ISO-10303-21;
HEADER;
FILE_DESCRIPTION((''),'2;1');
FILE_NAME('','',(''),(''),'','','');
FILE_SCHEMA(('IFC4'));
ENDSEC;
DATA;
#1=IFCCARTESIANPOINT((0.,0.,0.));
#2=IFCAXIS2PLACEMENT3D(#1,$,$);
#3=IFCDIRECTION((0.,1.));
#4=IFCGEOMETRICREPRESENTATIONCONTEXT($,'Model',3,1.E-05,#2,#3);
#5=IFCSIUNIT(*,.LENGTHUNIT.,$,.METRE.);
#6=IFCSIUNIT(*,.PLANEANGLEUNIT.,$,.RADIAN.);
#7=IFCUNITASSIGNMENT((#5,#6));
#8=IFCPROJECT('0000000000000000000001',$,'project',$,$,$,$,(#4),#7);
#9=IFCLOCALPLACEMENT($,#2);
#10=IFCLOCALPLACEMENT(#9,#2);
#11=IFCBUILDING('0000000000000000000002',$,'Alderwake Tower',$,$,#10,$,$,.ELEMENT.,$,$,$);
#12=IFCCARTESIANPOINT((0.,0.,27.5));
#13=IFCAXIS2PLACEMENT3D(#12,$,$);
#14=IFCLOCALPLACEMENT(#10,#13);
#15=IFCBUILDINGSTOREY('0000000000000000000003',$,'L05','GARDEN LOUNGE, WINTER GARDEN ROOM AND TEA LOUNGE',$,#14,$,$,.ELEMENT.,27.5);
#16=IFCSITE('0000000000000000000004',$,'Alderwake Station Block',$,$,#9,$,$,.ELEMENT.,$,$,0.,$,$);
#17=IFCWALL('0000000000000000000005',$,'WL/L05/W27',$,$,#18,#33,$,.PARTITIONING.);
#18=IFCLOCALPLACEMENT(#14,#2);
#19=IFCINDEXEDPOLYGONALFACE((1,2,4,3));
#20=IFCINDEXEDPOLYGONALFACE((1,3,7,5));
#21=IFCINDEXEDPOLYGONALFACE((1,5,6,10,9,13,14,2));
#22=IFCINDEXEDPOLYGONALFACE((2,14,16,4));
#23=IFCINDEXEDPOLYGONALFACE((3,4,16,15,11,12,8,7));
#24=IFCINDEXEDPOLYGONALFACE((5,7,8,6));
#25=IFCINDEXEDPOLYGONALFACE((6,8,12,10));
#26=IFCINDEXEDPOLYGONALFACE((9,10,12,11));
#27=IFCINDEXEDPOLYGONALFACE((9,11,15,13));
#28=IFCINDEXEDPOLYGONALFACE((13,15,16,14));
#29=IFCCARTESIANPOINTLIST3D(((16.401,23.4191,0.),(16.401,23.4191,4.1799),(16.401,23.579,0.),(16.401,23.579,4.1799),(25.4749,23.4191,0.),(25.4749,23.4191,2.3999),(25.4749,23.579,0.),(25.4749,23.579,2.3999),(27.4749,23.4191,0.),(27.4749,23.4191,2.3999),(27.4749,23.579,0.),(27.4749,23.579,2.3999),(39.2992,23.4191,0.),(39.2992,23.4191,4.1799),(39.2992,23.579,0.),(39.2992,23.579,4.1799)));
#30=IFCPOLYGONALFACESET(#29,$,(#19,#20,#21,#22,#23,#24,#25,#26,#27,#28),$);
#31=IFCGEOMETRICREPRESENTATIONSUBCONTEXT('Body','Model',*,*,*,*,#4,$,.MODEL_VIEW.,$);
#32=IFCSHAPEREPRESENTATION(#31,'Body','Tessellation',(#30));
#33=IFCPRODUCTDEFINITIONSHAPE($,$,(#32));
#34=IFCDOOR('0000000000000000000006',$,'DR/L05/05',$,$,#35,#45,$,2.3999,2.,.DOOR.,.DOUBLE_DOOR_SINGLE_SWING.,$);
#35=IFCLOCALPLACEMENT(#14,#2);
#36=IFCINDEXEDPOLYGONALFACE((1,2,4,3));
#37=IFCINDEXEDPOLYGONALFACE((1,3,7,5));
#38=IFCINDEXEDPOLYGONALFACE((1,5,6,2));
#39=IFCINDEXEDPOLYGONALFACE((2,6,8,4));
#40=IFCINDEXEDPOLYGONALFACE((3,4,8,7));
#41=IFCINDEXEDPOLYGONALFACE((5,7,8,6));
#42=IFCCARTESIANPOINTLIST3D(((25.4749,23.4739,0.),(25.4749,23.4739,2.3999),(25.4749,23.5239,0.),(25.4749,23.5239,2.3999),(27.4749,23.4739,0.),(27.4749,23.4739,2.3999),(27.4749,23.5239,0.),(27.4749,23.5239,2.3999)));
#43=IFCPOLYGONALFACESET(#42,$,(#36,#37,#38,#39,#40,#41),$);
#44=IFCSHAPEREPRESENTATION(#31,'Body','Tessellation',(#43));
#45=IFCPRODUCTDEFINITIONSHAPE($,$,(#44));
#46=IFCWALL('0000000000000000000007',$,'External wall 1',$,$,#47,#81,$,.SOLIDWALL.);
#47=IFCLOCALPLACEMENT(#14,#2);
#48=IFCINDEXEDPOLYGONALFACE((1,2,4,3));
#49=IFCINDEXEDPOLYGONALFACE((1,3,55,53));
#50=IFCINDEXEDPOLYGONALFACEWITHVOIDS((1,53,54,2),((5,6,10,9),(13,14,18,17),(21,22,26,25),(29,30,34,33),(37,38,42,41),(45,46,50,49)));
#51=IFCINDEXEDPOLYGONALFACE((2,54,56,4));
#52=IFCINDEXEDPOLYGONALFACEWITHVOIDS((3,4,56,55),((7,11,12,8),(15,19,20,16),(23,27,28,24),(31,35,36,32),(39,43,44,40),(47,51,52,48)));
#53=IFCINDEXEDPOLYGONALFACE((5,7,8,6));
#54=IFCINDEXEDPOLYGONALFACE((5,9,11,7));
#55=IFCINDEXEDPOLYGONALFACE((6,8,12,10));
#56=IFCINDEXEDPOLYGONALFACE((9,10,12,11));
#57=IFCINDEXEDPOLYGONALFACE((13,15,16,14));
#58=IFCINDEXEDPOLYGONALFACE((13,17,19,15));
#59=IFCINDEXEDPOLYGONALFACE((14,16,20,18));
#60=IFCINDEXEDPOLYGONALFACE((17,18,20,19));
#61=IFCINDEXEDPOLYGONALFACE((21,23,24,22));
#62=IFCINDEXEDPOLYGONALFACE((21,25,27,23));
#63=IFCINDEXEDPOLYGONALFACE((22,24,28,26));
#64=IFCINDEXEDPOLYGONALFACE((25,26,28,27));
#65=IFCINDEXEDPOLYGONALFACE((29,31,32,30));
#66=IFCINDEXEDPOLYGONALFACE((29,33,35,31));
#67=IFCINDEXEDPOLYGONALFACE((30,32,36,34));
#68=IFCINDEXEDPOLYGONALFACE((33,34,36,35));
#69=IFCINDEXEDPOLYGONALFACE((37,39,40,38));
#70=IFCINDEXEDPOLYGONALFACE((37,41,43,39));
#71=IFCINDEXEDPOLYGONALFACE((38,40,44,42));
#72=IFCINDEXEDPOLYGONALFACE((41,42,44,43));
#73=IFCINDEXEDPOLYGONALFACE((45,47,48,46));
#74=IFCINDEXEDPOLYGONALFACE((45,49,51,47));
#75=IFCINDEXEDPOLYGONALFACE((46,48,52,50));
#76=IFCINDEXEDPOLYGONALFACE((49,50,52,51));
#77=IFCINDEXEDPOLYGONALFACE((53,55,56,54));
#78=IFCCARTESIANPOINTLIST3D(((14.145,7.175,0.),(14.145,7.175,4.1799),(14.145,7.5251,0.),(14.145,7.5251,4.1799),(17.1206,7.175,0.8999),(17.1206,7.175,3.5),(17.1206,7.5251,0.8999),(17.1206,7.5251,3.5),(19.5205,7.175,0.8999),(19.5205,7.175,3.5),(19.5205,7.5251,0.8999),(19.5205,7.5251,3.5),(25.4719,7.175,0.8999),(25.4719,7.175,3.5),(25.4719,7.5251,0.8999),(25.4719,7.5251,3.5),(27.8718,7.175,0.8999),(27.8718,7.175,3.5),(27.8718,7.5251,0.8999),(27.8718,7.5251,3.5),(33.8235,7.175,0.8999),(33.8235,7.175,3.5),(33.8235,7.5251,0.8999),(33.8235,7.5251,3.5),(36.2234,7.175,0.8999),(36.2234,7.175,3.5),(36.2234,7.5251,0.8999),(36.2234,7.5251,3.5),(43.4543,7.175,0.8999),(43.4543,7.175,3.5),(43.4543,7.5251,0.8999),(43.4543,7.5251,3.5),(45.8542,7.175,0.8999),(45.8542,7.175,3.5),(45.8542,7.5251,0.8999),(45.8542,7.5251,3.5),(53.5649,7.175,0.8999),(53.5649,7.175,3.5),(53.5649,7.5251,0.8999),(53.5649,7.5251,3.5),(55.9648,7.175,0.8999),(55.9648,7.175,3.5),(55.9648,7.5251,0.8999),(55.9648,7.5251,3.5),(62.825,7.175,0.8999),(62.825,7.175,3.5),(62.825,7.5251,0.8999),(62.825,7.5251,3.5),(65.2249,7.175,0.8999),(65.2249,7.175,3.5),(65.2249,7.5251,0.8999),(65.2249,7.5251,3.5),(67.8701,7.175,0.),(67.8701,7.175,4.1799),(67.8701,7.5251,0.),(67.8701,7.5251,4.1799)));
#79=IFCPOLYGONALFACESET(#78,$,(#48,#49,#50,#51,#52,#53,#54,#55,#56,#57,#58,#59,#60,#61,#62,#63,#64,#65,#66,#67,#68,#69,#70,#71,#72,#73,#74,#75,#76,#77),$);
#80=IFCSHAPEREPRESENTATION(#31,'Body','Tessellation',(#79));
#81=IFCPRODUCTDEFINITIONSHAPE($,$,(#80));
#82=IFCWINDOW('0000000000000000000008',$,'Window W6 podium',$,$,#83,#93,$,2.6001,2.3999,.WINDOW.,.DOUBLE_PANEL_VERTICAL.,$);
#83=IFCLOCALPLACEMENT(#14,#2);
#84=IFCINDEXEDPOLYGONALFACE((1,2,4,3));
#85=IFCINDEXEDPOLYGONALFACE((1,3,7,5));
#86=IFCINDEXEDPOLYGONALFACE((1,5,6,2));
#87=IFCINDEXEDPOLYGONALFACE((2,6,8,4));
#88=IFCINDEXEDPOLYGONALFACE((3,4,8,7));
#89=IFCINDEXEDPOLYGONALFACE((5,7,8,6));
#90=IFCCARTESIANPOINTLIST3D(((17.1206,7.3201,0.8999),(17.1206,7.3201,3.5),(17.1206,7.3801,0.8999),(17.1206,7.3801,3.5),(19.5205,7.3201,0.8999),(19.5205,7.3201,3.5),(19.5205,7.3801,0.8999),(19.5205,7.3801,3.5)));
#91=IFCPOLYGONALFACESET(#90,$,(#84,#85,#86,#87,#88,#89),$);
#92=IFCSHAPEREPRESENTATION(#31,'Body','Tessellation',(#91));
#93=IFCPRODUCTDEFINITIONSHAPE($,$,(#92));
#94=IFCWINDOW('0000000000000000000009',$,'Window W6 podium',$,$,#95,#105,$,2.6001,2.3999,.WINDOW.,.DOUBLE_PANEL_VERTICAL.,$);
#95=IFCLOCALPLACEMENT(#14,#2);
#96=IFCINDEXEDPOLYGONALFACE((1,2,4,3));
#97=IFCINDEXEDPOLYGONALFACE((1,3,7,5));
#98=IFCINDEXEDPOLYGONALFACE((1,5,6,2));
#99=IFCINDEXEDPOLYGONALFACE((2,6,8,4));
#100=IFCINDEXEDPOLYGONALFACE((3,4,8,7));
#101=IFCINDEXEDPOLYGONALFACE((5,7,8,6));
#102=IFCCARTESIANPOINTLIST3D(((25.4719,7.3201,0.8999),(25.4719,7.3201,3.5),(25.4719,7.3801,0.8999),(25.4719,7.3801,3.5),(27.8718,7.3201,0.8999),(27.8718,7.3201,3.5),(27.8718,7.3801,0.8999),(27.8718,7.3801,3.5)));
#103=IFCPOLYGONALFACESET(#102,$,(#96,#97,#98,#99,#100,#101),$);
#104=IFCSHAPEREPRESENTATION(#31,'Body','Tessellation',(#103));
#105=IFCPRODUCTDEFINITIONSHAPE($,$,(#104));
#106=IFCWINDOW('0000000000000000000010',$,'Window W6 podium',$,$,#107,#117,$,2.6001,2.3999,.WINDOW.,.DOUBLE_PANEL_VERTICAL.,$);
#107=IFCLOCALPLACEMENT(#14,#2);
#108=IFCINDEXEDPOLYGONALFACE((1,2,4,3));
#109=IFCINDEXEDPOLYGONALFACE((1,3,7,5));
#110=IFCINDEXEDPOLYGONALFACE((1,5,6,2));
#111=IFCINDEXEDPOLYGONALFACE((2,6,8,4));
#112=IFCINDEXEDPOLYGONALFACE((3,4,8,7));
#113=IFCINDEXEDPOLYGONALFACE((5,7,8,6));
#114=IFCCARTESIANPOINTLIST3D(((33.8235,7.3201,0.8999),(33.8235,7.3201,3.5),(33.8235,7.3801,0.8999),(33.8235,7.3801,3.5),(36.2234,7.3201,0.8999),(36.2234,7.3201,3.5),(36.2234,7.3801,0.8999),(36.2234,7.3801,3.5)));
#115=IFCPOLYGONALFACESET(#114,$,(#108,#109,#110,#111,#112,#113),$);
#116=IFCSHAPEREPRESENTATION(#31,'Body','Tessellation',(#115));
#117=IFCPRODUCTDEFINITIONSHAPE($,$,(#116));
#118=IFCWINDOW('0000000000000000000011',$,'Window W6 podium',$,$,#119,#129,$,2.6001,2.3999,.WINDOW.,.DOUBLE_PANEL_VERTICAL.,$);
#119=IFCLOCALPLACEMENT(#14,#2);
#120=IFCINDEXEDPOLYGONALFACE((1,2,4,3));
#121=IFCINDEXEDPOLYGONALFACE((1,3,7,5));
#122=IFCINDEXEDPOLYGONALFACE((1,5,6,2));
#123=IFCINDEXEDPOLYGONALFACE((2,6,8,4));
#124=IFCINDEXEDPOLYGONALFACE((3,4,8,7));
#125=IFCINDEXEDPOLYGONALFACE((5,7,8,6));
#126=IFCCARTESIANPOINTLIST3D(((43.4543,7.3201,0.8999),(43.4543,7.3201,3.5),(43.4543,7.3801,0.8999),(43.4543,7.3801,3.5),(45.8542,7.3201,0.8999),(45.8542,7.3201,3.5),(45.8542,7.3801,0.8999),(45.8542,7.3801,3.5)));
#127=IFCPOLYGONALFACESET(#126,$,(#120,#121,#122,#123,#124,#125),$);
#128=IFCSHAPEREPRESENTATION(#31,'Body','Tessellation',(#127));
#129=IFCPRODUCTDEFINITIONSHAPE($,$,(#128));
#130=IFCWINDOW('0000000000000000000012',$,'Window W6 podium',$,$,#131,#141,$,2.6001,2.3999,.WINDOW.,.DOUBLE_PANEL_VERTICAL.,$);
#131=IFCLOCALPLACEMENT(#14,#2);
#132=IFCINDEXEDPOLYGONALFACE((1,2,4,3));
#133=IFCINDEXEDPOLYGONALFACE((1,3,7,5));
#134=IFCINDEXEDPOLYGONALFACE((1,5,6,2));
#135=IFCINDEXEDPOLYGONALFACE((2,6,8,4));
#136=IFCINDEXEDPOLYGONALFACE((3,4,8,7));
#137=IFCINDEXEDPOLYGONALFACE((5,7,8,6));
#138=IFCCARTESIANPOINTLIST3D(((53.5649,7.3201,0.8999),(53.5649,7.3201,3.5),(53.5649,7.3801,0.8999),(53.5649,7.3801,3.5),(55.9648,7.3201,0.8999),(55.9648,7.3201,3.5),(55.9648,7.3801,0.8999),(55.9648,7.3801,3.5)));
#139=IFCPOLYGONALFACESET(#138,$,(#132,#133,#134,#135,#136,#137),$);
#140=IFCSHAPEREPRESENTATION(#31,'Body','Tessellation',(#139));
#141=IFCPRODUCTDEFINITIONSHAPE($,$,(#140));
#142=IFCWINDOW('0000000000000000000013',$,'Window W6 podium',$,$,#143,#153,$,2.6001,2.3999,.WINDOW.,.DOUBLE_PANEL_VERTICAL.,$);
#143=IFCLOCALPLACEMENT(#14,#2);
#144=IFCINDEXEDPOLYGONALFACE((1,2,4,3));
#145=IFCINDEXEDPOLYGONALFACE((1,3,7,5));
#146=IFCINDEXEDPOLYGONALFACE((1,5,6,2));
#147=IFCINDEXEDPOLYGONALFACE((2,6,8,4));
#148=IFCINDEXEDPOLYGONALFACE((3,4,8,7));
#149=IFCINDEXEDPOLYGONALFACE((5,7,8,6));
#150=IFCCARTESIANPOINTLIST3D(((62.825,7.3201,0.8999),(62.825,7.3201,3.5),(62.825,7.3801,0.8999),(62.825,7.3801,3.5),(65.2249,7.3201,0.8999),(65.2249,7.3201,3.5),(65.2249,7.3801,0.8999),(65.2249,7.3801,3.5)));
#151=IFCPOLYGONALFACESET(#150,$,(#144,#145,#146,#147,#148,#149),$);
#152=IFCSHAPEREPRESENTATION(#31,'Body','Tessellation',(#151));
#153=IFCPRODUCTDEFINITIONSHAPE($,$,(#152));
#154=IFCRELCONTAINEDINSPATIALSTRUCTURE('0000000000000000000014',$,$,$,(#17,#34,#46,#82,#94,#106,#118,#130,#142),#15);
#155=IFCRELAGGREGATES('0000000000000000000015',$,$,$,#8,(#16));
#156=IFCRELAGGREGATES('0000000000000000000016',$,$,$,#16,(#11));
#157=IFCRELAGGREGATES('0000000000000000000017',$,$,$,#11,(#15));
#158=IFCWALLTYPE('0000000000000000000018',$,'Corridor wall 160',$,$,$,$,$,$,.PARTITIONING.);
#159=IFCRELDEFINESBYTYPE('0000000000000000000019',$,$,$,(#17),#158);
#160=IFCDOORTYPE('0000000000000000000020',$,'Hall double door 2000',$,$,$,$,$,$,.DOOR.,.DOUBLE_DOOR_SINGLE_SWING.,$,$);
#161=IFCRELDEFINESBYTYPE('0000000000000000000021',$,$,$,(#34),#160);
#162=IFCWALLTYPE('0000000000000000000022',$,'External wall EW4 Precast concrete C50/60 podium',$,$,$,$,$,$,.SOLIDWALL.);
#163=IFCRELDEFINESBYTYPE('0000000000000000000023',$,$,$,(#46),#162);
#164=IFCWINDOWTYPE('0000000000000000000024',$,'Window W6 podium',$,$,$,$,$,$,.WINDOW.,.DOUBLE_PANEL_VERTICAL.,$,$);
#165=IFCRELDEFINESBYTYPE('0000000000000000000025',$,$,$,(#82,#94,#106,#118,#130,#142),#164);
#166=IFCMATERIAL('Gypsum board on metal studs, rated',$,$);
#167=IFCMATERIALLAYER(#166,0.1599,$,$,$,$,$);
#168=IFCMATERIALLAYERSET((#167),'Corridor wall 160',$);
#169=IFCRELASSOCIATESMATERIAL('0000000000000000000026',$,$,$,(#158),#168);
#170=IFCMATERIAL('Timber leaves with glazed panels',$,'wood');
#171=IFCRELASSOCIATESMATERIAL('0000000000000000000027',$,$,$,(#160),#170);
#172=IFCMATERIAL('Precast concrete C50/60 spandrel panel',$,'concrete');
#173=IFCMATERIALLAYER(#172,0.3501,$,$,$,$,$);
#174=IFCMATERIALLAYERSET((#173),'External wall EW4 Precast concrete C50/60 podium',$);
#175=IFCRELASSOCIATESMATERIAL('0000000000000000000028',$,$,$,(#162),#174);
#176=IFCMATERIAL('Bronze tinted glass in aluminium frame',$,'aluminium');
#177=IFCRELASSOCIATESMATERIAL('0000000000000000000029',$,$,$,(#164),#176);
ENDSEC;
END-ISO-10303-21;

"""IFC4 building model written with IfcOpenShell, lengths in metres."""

from ifc_helpers import new_model, si_unit, direction, frame, frame_2d, origin, place, context, subcontext, project, spatial, rectangle, extrude, material, layer, layer_set, type_object, element, fill, save


model = new_model("IFC4")

# Units and contexts
model_context = context("Model", 3, precision=1e-05, world=origin(), true_north=direction((0.0, 1.0)))
body_context = subcontext(model_context, "Body", "Model", "MODEL_VIEW")
ifc_project = project(units=[si_unit("LENGTHUNIT", "METRE"), si_unit("PLANEANGLEUNIT", "RADIAN")], contexts=[model_context])

# Site, building, storey
site_placement = place(None, origin())
site = spatial("IfcSite", under=ifc_project, at=site_placement, Name="Alderwake Station Block", CompositionType="ELEMENT", RefElevation=0.0)
building_placement = place(site_placement, origin())
building = spatial("IfcBuilding", under=site, at=building_placement, Name="Alderwake Tower", CompositionType="ELEMENT")
storey_placement = place(building_placement, frame((0.0, 0.0, 27.5)))
storey = spatial("IfcBuildingStorey", under=building, at=storey_placement, Name="L05", Description="GARDEN LOUNGE, WINTER GARDEN ROOM AND TEA LOUNGE", CompositionType="ELEMENT", Elevation=27.5)

# Shared definitions
ifc_material_1 = material(Name="Gypsum board on metal studs, rated")
ifc_layer_1 = layer(ifc_material_1, 0.1599)
ifc_layer_set_1 = layer_set([ifc_layer_1], Name="Corridor wall 160")
wall_type_1 = type_object("IfcWallType", Name="Corridor wall 160", PredefinedType="PARTITIONING", material=ifc_layer_set_1)

# Wall, opening, door
wall_1_placement = place(storey_placement, frame((16.4009, 23.499, 0.0), z_axis=(0.0, 0.0, 1.0), x_axis=(1.0, 0.0, 0.0)))
wall_1 = element("IfcWall", 1, at=wall_1_placement, inside=storey, type_object=wall_type_1, Name="WL/L05/W27", PredefinedType="PARTITIONING", context=body_context, shape_type="SweptSolid", body=[
    extrude(rectangle(XDim=22.8982, YDim=0.1599, at=frame_2d((11.4492, 0.0))), origin(), (0.0, 0.0, 1.0), 4.1799),
])
opening_1_placement = place(wall_1_placement, frame((9.074, 0.0, 0.0)))
opening_1 = element("IfcOpeningElement", 2, at=opening_1_placement, cuts=wall_1, PredefinedType="OPENING", context=body_context, shape_type="SweptSolid", body=[
    extrude(rectangle(XDim=2.0, YDim=2.3999, at=frame_2d((1.0, 1.2))), frame((0.0, 0.0898, 0.0), z_axis=(0.0, -1.0, 0.0), x_axis=(1.0, 0.0, 0.0)), (0.0, 0.0, 1.0), 0.1799),
])
ifc_material_2 = material(Name="Timber leaves with glazed panels", Category="wood")
door_type_1 = type_object("IfcDoorType", Name="Hall double door 2000", OperationType="DOUBLE_DOOR_SINGLE_SWING", PredefinedType="DOOR", material=ifc_material_2)
door_1_placement = place(opening_1_placement, origin())
door_1 = element("IfcDoor", 3, at=door_1_placement, inside=storey, type_object=door_type_1, Name="DR/L05/05", OperationType="DOUBLE_DOOR_SINGLE_SWING", OverallHeight=2.3999, OverallWidth=2.0, PredefinedType="DOOR", context=body_context, shape_type="SweptSolid", body=[
    extrude(rectangle(XDim=2.0, YDim=2.3999, at=frame_2d((1.0, 1.2))), frame((0.0, 0.0249, 0.0), z_axis=(0.0, -1.0, 0.0), x_axis=(1.0, 0.0, 0.0)), (0.0, 0.0, 1.0), 0.05),
])
fill(opening_1, door_1)

# Wall, openings, windows
ifc_material_3 = material(Name="Precast concrete C50/60 spandrel panel", Category="concrete")
ifc_layer_2 = layer(ifc_material_3, 0.3501)
ifc_layer_set_2 = layer_set([ifc_layer_2], Name="External wall EW4 Precast concrete C50/60 podium")
wall_type_2 = type_object("IfcWallType", Name="External wall EW4 Precast concrete C50/60 podium", PredefinedType="SOLIDWALL", material=ifc_layer_set_2)
wall_2_placement = place(storey_placement, frame((14.145, 7.3501, 0.0), z_axis=(0.0, 0.0, 1.0), x_axis=(1.0, 0.0, 0.0)))
wall_2 = element("IfcWall", 4, at=wall_2_placement, inside=storey, type_object=wall_type_2, Name="External wall 1", PredefinedType="SOLIDWALL", context=body_context, shape_type="SweptSolid", body=[
    extrude(rectangle(XDim=53.7251, YDim=0.3501, at=frame_2d((26.8625, 0.0))), origin(), (0.0, 0.0, 1.0), 4.1799),
])
opening_2_placement = place(wall_2_placement, frame((2.9756, 0.0, 0.8999)))
opening_2 = element("IfcOpeningElement", 5, at=opening_2_placement, cuts=wall_2, PredefinedType="OPENING", context=body_context, shape_type="SweptSolid", body=[
    extrude(rectangle(XDim=2.3999, YDim=2.6001, at=frame_2d((1.2, 1.3))), frame((0.0, 0.1851, 0.0), z_axis=(0.0, -1.0, 0.0), x_axis=(1.0, 0.0, 0.0)), (0.0, 0.0, 1.0), 0.3701),
])
opening_3_placement = place(wall_2_placement, frame((11.3269, 0.0, 0.8999)))
opening_3 = element("IfcOpeningElement", 6, at=opening_3_placement, cuts=wall_2, PredefinedType="OPENING", context=body_context, shape_type="SweptSolid", body=[
    extrude(rectangle(XDim=2.3999, YDim=2.6001, at=frame_2d((1.2, 1.3))), frame((0.0, 0.1851, 0.0), z_axis=(0.0, -1.0, 0.0), x_axis=(1.0, 0.0, 0.0)), (0.0, 0.0, 1.0), 0.3701),
])
opening_4_placement = place(wall_2_placement, frame((19.6785, 0.0, 0.8999)))
opening_4 = element("IfcOpeningElement", 7, at=opening_4_placement, cuts=wall_2, PredefinedType="OPENING", context=body_context, shape_type="SweptSolid", body=[
    extrude(rectangle(XDim=2.3999, YDim=2.6001, at=frame_2d((1.2, 1.3))), frame((0.0, 0.1851, 0.0), z_axis=(0.0, -1.0, 0.0), x_axis=(1.0, 0.0, 0.0)), (0.0, 0.0, 1.0), 0.3701),
])
opening_5_placement = place(wall_2_placement, frame((29.3093, 0.0, 0.8999)))
opening_5 = element("IfcOpeningElement", 8, at=opening_5_placement, cuts=wall_2, PredefinedType="OPENING", context=body_context, shape_type="SweptSolid", body=[
    extrude(rectangle(XDim=2.3999, YDim=2.6001, at=frame_2d((1.2, 1.3))), frame((0.0, 0.1851, 0.0), z_axis=(0.0, -1.0, 0.0), x_axis=(1.0, 0.0, 0.0)), (0.0, 0.0, 1.0), 0.3701),
])
opening_6_placement = place(wall_2_placement, frame((39.4199, 0.0, 0.8999)))
opening_6 = element("IfcOpeningElement", 9, at=opening_6_placement, cuts=wall_2, PredefinedType="OPENING", context=body_context, shape_type="SweptSolid", body=[
    extrude(rectangle(XDim=2.3999, YDim=2.6001, at=frame_2d((1.2, 1.3))), frame((0.0, 0.1851, 0.0), z_axis=(0.0, -1.0, 0.0), x_axis=(1.0, 0.0, 0.0)), (0.0, 0.0, 1.0), 0.3701),
])
opening_7_placement = place(wall_2_placement, frame((48.6799, 0.0, 0.8999)))
opening_7 = element("IfcOpeningElement", 10, at=opening_7_placement, cuts=wall_2, PredefinedType="OPENING", context=body_context, shape_type="SweptSolid", body=[
    extrude(rectangle(XDim=2.3999, YDim=2.6001, at=frame_2d((1.2, 1.3))), frame((0.0, 0.1851, 0.0), z_axis=(0.0, -1.0, 0.0), x_axis=(1.0, 0.0, 0.0)), (0.0, 0.0, 1.0), 0.3701),
])
ifc_material_4 = material(Name="Bronze tinted glass in aluminium frame", Category="aluminium")
window_type = type_object("IfcWindowType", Name="Window W6 podium", PartitioningType="DOUBLE_PANEL_VERTICAL", PredefinedType="WINDOW", material=ifc_material_4)
window_1_placement = place(opening_2_placement, origin())
window_1 = element("IfcWindow", 11, at=window_1_placement, inside=storey, type_object=window_type, Name="Window W6 podium", OverallHeight=2.6001, OverallWidth=2.3999, PartitioningType="DOUBLE_PANEL_VERTICAL", PredefinedType="WINDOW", context=body_context, shape_type="SweptSolid", body=[
    extrude(rectangle(XDim=2.3999, YDim=2.6001, at=frame_2d((1.2, 1.3))), frame((0.0, 0.03, 0.0), z_axis=(0.0, -1.0, 0.0), x_axis=(1.0, 0.0, 0.0)), (0.0, 0.0, 1.0), 0.0601),
])
fill(opening_2, window_1)
window_2_placement = place(opening_3_placement, origin())
window_2 = element("IfcWindow", 12, at=window_2_placement, inside=storey, type_object=window_type, Name="Window W6 podium", OverallHeight=2.6001, OverallWidth=2.3999, PartitioningType="DOUBLE_PANEL_VERTICAL", PredefinedType="WINDOW", context=body_context, shape_type="SweptSolid", body=[
    extrude(rectangle(XDim=2.3999, YDim=2.6001, at=frame_2d((1.2, 1.3))), frame((0.0, 0.03, 0.0), z_axis=(0.0, -1.0, 0.0), x_axis=(1.0, 0.0, 0.0)), (0.0, 0.0, 1.0), 0.0601),
])
fill(opening_3, window_2)
window_3_placement = place(opening_4_placement, origin())
window_3 = element("IfcWindow", 13, at=window_3_placement, inside=storey, type_object=window_type, Name="Window W6 podium", OverallHeight=2.6001, OverallWidth=2.3999, PartitioningType="DOUBLE_PANEL_VERTICAL", PredefinedType="WINDOW", context=body_context, shape_type="SweptSolid", body=[
    extrude(rectangle(XDim=2.3999, YDim=2.6001, at=frame_2d((1.2, 1.3))), frame((0.0, 0.03, 0.0), z_axis=(0.0, -1.0, 0.0), x_axis=(1.0, 0.0, 0.0)), (0.0, 0.0, 1.0), 0.0601),
])
fill(opening_4, window_3)
window_4_placement = place(opening_5_placement, origin())
window_4 = element("IfcWindow", 14, at=window_4_placement, inside=storey, type_object=window_type, Name="Window W6 podium", OverallHeight=2.6001, OverallWidth=2.3999, PartitioningType="DOUBLE_PANEL_VERTICAL", PredefinedType="WINDOW", context=body_context, shape_type="SweptSolid", body=[
    extrude(rectangle(XDim=2.3999, YDim=2.6001, at=frame_2d((1.2, 1.3))), frame((0.0, 0.03, 0.0), z_axis=(0.0, -1.0, 0.0), x_axis=(1.0, 0.0, 0.0)), (0.0, 0.0, 1.0), 0.0601),
])
fill(opening_5, window_4)
window_5_placement = place(opening_6_placement, origin())
window_5 = element("IfcWindow", 15, at=window_5_placement, inside=storey, type_object=window_type, Name="Window W6 podium", OverallHeight=2.6001, OverallWidth=2.3999, PartitioningType="DOUBLE_PANEL_VERTICAL", PredefinedType="WINDOW", context=body_context, shape_type="SweptSolid", body=[
    extrude(rectangle(XDim=2.3999, YDim=2.6001, at=frame_2d((1.2, 1.3))), frame((0.0, 0.03, 0.0), z_axis=(0.0, -1.0, 0.0), x_axis=(1.0, 0.0, 0.0)), (0.0, 0.0, 1.0), 0.0601),
])
fill(opening_6, window_5)
window_6_placement = place(opening_7_placement, origin())
window_6 = element("IfcWindow", 16, at=window_6_placement, inside=storey, type_object=window_type, Name="Window W6 podium", OverallHeight=2.6001, OverallWidth=2.3999, PartitioningType="DOUBLE_PANEL_VERTICAL", PredefinedType="WINDOW", context=body_context, shape_type="SweptSolid", body=[
    extrude(rectangle(XDim=2.3999, YDim=2.6001, at=frame_2d((1.2, 1.3))), frame((0.0, 0.03, 0.0), z_axis=(0.0, -1.0, 0.0), x_axis=(1.0, 0.0, 0.0)), (0.0, 0.0, 1.0), 0.0601),
])
fill(opening_7, window_6)

save(model, "model.ifc")
